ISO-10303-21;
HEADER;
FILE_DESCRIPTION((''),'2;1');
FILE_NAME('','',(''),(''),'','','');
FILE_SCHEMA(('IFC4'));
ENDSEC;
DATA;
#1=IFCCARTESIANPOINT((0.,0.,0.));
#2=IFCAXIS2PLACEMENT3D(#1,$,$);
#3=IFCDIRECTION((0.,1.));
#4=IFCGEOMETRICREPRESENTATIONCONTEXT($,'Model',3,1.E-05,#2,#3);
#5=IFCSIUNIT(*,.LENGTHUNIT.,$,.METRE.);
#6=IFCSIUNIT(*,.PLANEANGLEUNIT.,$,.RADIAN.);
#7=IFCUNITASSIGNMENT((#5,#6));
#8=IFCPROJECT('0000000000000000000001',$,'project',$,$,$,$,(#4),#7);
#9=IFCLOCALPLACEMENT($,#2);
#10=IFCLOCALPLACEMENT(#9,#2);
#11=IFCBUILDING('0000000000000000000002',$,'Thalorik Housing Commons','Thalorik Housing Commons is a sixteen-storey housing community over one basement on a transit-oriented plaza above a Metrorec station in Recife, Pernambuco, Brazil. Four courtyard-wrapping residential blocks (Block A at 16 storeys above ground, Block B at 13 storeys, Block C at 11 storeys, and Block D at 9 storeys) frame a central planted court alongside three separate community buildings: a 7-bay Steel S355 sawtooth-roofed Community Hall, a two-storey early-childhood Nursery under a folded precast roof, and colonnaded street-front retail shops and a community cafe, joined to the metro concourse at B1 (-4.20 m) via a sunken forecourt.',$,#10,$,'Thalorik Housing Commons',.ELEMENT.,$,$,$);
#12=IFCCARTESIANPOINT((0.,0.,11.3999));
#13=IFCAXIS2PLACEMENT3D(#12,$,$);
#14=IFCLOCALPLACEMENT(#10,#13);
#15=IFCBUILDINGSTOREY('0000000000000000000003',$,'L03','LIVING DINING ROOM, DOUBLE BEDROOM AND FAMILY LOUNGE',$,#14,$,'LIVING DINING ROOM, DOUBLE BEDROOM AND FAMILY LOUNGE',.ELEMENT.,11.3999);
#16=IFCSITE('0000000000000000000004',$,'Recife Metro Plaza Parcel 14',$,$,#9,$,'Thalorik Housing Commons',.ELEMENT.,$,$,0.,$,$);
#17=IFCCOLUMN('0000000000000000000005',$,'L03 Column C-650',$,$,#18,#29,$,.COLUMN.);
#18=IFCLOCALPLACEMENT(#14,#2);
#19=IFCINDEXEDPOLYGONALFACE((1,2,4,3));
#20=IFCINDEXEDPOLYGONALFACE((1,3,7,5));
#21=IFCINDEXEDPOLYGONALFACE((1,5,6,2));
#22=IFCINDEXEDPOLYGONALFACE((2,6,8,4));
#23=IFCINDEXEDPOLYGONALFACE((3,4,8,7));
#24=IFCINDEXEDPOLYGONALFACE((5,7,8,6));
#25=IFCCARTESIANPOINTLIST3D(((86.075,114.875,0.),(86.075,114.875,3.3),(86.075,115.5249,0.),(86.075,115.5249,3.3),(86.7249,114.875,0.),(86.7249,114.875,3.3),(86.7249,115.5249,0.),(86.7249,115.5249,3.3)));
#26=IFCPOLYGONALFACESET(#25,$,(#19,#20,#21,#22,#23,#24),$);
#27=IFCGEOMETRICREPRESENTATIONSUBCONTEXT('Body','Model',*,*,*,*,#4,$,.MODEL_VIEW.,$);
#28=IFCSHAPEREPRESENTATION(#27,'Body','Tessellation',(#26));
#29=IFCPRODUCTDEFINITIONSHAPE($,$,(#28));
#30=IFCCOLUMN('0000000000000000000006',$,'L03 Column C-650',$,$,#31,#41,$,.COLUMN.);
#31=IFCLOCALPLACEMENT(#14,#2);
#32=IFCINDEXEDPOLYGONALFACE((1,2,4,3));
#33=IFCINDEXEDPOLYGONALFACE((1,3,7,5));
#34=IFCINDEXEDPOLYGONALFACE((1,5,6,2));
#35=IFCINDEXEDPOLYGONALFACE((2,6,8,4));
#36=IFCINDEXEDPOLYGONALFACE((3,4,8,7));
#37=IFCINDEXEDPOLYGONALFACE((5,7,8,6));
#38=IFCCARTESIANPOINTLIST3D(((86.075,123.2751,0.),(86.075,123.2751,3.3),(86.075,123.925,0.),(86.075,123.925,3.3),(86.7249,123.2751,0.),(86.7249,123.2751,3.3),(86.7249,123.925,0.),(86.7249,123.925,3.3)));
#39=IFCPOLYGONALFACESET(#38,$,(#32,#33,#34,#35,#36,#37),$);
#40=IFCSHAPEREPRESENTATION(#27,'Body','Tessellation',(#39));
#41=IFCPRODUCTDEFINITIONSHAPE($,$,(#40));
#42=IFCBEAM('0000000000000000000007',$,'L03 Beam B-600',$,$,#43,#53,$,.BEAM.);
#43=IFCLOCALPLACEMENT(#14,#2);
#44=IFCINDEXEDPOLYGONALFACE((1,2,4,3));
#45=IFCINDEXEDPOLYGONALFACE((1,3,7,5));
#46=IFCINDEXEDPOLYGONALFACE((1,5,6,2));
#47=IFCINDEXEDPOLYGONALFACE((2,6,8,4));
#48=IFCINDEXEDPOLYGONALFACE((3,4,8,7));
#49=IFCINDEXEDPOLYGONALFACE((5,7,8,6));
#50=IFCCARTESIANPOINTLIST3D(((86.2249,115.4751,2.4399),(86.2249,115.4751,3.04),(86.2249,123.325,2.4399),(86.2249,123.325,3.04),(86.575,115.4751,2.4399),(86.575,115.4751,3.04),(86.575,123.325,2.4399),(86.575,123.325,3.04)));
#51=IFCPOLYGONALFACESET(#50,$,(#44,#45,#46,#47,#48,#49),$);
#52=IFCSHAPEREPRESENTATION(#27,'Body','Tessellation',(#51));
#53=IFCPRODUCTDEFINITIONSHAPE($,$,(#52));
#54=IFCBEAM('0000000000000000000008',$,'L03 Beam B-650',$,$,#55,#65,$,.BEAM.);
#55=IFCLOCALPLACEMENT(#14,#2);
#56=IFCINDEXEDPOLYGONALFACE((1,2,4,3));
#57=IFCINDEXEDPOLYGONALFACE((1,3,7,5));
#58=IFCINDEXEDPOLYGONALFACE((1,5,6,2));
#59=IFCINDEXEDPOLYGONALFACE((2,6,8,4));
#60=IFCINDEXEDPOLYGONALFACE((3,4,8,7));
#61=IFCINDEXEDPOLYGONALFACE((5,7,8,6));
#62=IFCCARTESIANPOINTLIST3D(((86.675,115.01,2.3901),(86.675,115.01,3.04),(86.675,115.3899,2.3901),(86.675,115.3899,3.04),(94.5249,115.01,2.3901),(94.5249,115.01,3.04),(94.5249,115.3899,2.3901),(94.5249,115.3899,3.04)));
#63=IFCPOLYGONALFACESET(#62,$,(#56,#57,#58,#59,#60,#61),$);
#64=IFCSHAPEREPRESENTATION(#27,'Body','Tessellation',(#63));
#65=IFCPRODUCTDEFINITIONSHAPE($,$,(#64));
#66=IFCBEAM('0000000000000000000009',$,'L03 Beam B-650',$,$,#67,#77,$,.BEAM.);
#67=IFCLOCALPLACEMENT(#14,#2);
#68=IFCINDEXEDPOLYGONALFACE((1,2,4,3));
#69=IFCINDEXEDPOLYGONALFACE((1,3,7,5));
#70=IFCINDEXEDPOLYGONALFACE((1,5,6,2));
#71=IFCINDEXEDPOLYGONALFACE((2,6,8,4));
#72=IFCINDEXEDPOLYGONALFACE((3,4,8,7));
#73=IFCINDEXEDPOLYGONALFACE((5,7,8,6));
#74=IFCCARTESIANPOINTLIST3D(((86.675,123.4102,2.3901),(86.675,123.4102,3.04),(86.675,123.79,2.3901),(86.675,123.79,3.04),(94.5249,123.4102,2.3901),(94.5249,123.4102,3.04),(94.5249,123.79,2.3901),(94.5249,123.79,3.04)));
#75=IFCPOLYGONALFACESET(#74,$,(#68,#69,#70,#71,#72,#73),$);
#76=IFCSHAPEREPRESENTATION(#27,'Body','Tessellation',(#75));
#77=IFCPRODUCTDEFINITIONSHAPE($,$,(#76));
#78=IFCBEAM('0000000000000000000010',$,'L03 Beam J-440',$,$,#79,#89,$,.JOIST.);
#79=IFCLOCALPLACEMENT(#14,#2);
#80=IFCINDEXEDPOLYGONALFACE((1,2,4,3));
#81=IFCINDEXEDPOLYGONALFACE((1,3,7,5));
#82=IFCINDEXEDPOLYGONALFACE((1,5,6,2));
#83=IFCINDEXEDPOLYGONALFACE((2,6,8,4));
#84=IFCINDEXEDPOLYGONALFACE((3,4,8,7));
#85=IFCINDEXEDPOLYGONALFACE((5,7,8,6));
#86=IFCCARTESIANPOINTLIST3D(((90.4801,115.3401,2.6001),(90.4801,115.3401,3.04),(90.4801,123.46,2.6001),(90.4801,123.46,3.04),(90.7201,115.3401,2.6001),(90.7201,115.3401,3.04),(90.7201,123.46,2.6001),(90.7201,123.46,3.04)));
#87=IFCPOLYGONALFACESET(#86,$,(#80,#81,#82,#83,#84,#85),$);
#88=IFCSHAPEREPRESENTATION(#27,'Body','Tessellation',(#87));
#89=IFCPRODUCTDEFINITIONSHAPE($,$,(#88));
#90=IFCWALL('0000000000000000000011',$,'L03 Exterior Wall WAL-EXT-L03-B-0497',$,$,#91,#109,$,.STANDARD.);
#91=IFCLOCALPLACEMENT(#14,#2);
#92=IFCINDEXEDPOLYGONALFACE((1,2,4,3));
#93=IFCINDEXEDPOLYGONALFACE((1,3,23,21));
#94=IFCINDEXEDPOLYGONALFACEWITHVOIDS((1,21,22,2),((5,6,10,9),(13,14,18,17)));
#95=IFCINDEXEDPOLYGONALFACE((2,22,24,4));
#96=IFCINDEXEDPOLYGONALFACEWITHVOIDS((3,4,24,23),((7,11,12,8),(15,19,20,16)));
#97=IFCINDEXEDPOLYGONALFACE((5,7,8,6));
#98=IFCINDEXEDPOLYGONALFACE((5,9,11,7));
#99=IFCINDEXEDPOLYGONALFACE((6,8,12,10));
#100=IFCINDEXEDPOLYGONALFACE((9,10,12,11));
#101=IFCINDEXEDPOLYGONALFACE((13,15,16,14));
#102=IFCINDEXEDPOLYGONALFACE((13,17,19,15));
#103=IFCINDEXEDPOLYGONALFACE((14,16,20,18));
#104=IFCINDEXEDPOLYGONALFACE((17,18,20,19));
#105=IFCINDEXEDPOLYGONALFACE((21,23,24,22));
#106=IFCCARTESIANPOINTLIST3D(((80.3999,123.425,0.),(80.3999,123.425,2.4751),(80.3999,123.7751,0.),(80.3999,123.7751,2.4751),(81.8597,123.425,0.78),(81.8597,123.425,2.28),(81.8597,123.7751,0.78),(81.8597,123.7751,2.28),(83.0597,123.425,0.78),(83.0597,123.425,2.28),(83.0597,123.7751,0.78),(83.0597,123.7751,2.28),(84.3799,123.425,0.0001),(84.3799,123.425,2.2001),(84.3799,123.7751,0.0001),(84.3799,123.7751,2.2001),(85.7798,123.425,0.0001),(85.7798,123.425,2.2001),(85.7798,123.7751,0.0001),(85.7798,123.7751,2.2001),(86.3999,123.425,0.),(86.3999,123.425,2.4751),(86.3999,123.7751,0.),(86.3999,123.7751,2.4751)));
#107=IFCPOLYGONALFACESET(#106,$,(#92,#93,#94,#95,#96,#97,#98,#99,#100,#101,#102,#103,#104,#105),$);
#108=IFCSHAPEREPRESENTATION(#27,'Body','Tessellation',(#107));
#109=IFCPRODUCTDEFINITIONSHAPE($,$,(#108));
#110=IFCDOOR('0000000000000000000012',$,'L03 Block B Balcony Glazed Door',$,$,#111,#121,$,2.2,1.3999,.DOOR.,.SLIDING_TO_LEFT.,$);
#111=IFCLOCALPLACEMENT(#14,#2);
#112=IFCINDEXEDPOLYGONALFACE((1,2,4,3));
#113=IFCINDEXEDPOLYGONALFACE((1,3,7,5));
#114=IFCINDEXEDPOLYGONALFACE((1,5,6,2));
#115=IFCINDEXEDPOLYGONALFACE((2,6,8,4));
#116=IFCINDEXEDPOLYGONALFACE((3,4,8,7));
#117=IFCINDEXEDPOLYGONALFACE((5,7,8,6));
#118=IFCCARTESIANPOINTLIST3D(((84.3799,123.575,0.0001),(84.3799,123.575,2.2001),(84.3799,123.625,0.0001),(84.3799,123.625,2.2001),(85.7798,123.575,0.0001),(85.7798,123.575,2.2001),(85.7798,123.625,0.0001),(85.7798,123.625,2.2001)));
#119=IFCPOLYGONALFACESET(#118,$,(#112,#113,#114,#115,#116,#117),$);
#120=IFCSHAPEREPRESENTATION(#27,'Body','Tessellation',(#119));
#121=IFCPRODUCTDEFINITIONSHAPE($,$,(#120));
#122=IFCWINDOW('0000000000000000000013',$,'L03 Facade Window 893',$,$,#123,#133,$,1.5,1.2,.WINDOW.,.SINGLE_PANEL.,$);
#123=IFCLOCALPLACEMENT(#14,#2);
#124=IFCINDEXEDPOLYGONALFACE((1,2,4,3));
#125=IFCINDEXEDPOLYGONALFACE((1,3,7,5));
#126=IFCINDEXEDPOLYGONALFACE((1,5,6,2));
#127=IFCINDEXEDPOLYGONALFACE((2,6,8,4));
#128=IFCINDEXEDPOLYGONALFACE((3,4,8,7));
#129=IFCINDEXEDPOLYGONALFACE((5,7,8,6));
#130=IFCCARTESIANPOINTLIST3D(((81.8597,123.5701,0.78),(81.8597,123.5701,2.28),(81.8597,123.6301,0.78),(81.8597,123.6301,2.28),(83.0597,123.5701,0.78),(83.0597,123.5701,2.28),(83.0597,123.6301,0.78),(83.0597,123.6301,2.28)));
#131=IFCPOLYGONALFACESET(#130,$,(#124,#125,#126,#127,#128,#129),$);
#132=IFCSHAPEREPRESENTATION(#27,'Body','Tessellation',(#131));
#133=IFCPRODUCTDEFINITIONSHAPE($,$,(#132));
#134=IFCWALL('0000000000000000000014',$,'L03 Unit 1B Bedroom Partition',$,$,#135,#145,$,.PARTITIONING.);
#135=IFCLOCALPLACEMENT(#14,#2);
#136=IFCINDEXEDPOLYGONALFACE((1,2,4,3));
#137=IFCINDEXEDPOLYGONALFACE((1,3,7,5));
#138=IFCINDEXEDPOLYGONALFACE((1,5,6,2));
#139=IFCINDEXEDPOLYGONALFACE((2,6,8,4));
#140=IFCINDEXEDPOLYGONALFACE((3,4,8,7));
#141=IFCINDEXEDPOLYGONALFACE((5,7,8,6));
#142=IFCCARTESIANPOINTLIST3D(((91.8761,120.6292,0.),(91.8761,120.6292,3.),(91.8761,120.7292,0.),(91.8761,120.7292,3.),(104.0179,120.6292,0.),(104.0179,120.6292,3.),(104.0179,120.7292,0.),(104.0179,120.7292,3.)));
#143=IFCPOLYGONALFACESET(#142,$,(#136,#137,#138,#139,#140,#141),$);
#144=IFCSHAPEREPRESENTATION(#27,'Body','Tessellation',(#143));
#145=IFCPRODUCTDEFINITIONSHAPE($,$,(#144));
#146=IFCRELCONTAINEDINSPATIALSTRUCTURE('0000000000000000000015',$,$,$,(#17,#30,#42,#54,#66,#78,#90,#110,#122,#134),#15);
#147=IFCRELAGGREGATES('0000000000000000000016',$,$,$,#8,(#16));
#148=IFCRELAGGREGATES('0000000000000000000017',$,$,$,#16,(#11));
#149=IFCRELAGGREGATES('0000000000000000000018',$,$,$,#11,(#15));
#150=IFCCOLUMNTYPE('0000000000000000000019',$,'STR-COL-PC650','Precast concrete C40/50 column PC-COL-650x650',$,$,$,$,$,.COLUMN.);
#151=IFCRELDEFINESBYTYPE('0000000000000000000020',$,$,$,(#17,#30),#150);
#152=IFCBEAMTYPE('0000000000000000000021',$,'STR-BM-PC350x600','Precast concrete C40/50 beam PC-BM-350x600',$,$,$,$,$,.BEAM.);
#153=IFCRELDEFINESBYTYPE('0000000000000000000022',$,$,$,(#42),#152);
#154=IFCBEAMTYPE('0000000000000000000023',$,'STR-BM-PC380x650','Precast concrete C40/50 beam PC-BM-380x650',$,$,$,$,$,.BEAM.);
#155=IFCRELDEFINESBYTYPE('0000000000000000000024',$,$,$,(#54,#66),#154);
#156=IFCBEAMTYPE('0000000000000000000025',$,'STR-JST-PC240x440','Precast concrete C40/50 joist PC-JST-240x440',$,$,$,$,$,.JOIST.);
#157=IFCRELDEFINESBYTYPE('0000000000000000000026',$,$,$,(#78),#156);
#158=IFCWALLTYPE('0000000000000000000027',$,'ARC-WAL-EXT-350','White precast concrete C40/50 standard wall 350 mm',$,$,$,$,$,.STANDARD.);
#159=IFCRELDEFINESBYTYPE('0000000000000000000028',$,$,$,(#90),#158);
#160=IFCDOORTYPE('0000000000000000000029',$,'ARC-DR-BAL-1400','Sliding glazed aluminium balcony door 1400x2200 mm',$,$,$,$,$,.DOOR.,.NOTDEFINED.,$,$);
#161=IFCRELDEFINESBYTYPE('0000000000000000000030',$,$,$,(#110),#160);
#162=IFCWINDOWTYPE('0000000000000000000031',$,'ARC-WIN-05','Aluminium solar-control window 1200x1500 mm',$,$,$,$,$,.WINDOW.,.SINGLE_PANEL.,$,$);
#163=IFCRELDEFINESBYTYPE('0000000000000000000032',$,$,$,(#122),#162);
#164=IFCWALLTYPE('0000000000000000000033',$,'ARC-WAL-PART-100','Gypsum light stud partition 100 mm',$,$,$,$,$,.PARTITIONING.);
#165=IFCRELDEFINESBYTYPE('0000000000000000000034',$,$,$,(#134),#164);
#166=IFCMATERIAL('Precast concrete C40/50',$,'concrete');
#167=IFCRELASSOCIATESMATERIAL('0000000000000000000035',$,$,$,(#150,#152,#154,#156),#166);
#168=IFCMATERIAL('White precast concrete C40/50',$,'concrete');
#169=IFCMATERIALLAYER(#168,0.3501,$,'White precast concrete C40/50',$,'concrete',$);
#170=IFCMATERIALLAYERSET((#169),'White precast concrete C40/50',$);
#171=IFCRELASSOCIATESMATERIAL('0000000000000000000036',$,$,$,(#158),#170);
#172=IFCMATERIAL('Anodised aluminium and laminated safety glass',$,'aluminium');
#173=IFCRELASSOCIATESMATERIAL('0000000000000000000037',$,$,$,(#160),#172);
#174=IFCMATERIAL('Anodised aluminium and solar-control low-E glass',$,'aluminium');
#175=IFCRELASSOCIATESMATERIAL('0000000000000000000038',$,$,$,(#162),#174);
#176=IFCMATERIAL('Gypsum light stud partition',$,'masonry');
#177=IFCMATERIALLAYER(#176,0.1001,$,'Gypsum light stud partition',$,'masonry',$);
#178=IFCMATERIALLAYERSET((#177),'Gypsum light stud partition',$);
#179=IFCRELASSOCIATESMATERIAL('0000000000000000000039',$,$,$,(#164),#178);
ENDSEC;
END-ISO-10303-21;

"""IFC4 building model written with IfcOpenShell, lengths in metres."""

from ifc_helpers import new_model, si_unit, direction, frame, frame_2d, origin, origin_2d, place, context, subcontext, project, spatial, rectangle, extrude, material, layer, layer_set, material_profile, profile_set, type_object, element, fill, save


model = new_model("IFC4")

# Units and contexts
model_context = context("Model", 3, precision=1e-05, world=origin(), true_north=direction((0.0, 1.0)))
body_context = subcontext(model_context, "Body", "Model", "MODEL_VIEW")
ifc_project = project(units=[si_unit("LENGTHUNIT", "METRE"), si_unit("PLANEANGLEUNIT", "RADIAN")], contexts=[model_context])

# Site, building, storey
site_placement = place(None, origin())
site = spatial("IfcSite", under=ifc_project, at=site_placement, Name="Recife Metro Plaza Parcel 14", LongName="Thalorik Housing Commons", CompositionType="ELEMENT", RefElevation=0.0)
building_placement = place(site_placement, origin())
building = spatial("IfcBuilding", under=site, at=building_placement, Name="Thalorik Housing Commons", Description="Thalorik Housing Commons is a sixteen-storey housing community over one basement on a transit-oriented plaza above a Metrorec station in Recife, Pernambuco, Brazil. Four courtyard-wrapping residential blocks (Block A at 16 storeys above ground, Block B at 13 storeys, Block C at 11 storeys, and Block D at 9 storeys) frame a central planted court alongside three separate community buildings: a 7-bay Steel S355 sawtooth-roofed Community Hall, a two-storey early-childhood Nursery under a folded precast roof, and colonnaded street-front retail shops and a community cafe, joined to the metro concourse at B1 (-4.20 m) via a sunken forecourt.", LongName="Thalorik Housing Commons", CompositionType="ELEMENT")
storey_placement = place(building_placement, frame((0.0, 0.0, 11.3999)))
storey = spatial("IfcBuildingStorey", under=building, at=storey_placement, Name="L03", Description="LIVING DINING ROOM, DOUBLE BEDROOM AND FAMILY LOUNGE", LongName="LIVING DINING ROOM, DOUBLE BEDROOM AND FAMILY LOUNGE", CompositionType="ELEMENT", Elevation=11.3999)

# Columns
ifc_material_1 = material(Name="Precast concrete C40/50", Category="concrete")
ifc_material_profile_1 = material_profile(ifc_material_1, rectangle(XDim=0.6499, YDim=0.6499, at=origin_2d()), Name="PC 650x650", Category="concrete")
ifc_profile_set_1 = profile_set([ifc_material_profile_1], Name="Precast concrete C40/50")
column_type = type_object("IfcColumnType", Name="STR-COL-PC650", Description="Precast concrete C40/50 column PC-COL-650x650", PredefinedType="COLUMN", material=ifc_profile_set_1)
for number, where, z_axis, x_axis, name in (
    (1, (86.3999, 115.2, 0.0), (0.0, 0.0, 1.0), (1.0, 0.0, 0.0), "L03 Column C-650"),
    (2, (86.3999, 123.6001, 0.0), (0.0, 0.0, 1.0), (1.0, 0.0, 0.0), "L03 Column C-650"),
):
    element("IfcColumn", number, at=place(storey_placement, frame(where, z_axis=z_axis, x_axis=x_axis)), inside=storey, type_object=column_type, Name=name, PredefinedType="COLUMN", context=body_context, shape_type="SweptSolid", body=[
        extrude(rectangle(XDim=0.6499, YDim=0.6499, at=origin_2d()), origin(), (0.0, 0.0, 1.0), 3.3),
    ])

# Beams
ifc_material_profile_2 = material_profile(ifc_material_1, rectangle(XDim=0.3501, YDim=0.6001, at=origin_2d()), Name="PC 350x600", Category="concrete")
ifc_profile_set_2 = profile_set([ifc_material_profile_2], Name="Precast concrete C40/50")
beam_type_1 = type_object("IfcBeamType", Name="STR-BM-PC350x600", Description="Precast concrete C40/50 beam PC-BM-350x600", PredefinedType="BEAM", material=ifc_profile_set_2)
beam_1_placement = place(storey_placement, frame((86.3999, 115.4751, 2.74), z_axis=(0.0, 1.0, 0.0), x_axis=(-1.0, 0.0, 0.0)))
element("IfcBeam", 3, at=beam_1_placement, inside=storey, type_object=beam_type_1, Name="L03 Beam B-600", PredefinedType="BEAM", context=body_context, shape_type="SweptSolid", body=[
    extrude(rectangle(XDim=0.3501, YDim=0.6001, at=origin_2d()), origin(), (0.0, 0.0, 1.0), 7.8499),
])
ifc_material_profile_3 = material_profile(ifc_material_1, rectangle(XDim=0.3799, YDim=0.6499, at=origin_2d()), Name="PC 380x650", Category="concrete")
ifc_profile_set_3 = profile_set([ifc_material_profile_3], Name="Precast concrete C40/50")
beam_type_2 = type_object("IfcBeamType", Name="STR-BM-PC380x650", Description="Precast concrete C40/50 beam PC-BM-380x650", PredefinedType="BEAM", material=ifc_profile_set_3)
for number, where, z_axis, x_axis, name in (
    (4, (86.675, 115.2, 2.7151), (1.0, 0.0, 0.0), (0.0, 1.0, 0.0), "L03 Beam B-650"),
    (5, (86.675, 123.6001, 2.7151), (1.0, 0.0, 0.0), (0.0, 1.0, 0.0), "L03 Beam B-650"),
):
    element("IfcBeam", number, at=place(storey_placement, frame(where, z_axis=z_axis, x_axis=x_axis)), inside=storey, type_object=beam_type_2, Name=name, PredefinedType="BEAM", context=body_context, shape_type="SweptSolid", body=[
        extrude(rectangle(XDim=0.3799, YDim=0.6499, at=origin_2d()), origin(), (0.0, 0.0, 1.0), 7.8499),
    ])
ifc_material_profile_4 = material_profile(ifc_material_1, rectangle(XDim=0.24, YDim=0.4399, at=origin_2d()), Name="PC JST 240x440", Category="concrete")
ifc_profile_set_4 = profile_set([ifc_material_profile_4], Name="Precast concrete C40/50")
beam_type_3 = type_object("IfcBeamType", Name="STR-JST-PC240x440", Description="Precast concrete C40/50 joist PC-JST-240x440", PredefinedType="JOIST", material=ifc_profile_set_4)
beam_2_placement = place(storey_placement, frame((90.6001, 115.3401, 2.8201), z_axis=(0.0, 1.0, 0.0), x_axis=(-1.0, 0.0, 0.0)))
element("IfcBeam", 6, at=beam_2_placement, inside=storey, type_object=beam_type_3, Name="L03 Beam J-440", PredefinedType="JOIST", context=body_context, shape_type="SweptSolid", body=[
    extrude(rectangle(XDim=0.24, YDim=0.4399, at=origin_2d()), origin(), (0.0, 0.0, 1.0), 8.1199),
])

# Wall, openings, door, window
ifc_material_2 = material(Name="White precast concrete C40/50", Category="concrete")
ifc_layer_1 = layer(ifc_material_2, 0.3501, Name="White precast concrete C40/50", Category="concrete")
ifc_layer_set_1 = layer_set([ifc_layer_1], Name="White precast concrete C40/50")
wall_type_1 = type_object("IfcWallType", Name="ARC-WAL-EXT-350", Description="White precast concrete C40/50 standard wall 350 mm", PredefinedType="STANDARD", material=ifc_layer_set_1)
wall_1_placement = place(storey_placement, frame((86.3999, 123.6001, 0.0), z_axis=(0.0, 0.0, 1.0), x_axis=(-1.0, 0.0, 0.0)))
wall_1 = element("IfcWall", 7, at=wall_1_placement, inside=storey, type_object=wall_type_1, Name="L03 Exterior Wall WAL-EXT-L03-B-0497", PredefinedType="STANDARD", context=body_context, shape_type="SweptSolid", body=[
    extrude(rectangle(XDim=6.0, YDim=0.3501, at=frame_2d((3.0, 0.0))), origin(), (0.0, 0.0, 1.0), 2.4751),
])
opening_1_placement = place(wall_1_placement, frame((0.6201, 0.0, 0.0)))
opening_1 = element("IfcOpeningElement", 8, at=opening_1_placement, cuts=wall_1, PredefinedType="OPENING", context=body_context, shape_type="SweptSolid", body=[
    extrude(rectangle(XDim=1.3999, YDim=2.2, at=frame_2d((0.7, 1.1001))), frame((0.0, 0.1851, 0.0), z_axis=(0.0, -1.0, 0.0), x_axis=(1.0, 0.0, 0.0)), (0.0, 0.0, 1.0), 0.3701),
])
opening_2_placement = place(wall_1_placement, frame((3.3401, 0.0, 0.78)))
opening_2 = element("IfcOpeningElement", 9, at=opening_2_placement, cuts=wall_1, PredefinedType="OPENING", context=body_context, shape_type="SweptSolid", body=[
    extrude(rectangle(XDim=1.2, YDim=1.5, at=frame_2d((0.6001, 0.75))), frame((0.0, 0.1851, 0.0), z_axis=(0.0, -1.0, 0.0), x_axis=(1.0, 0.0, 0.0)), (0.0, 0.0, 1.0), 0.3701),
])
ifc_material_3 = material(Name="Anodised aluminium and laminated safety glass", Category="aluminium")
door_type_1 = type_object("IfcDoorType", Name="ARC-DR-BAL-1400", Description="Sliding glazed aluminium balcony door 1400x2200 mm", OperationType="NOTDEFINED", PredefinedType="DOOR", material=ifc_material_3)
door_1_placement = place(opening_1_placement, frame((1.3999, 0.0, 0.0), z_axis=(0.0, 0.0, 1.0), x_axis=(-1.0, 0.0, 0.0)))
door_1 = element("IfcDoor", 10, at=door_1_placement, inside=storey, type_object=door_type_1, Name="L03 Block B Balcony Glazed Door", OperationType="SLIDING_TO_LEFT", OverallHeight=2.2, OverallWidth=1.3999, PredefinedType="DOOR", context=body_context, shape_type="SweptSolid", body=[
    extrude(rectangle(XDim=1.3999, YDim=2.2, at=frame_2d((0.7, 1.1001))), frame((0.0, 0.0249, 0.0), z_axis=(0.0, -1.0, 0.0), x_axis=(1.0, 0.0, 0.0)), (0.0, 0.0, 1.0), 0.05),
])
fill(opening_1, door_1)
ifc_material_4 = material(Name="Anodised aluminium and solar-control low-E glass", Category="aluminium")
window_type = type_object("IfcWindowType", Name="ARC-WIN-05", Description="Aluminium solar-control window 1200x1500 mm", PartitioningType="SINGLE_PANEL", PredefinedType="WINDOW", material=ifc_material_4)
window_placement = place(opening_2_placement, origin())
window = element("IfcWindow", 11, at=window_placement, inside=storey, type_object=window_type, Name="L03 Facade Window 893", OverallHeight=1.5, OverallWidth=1.2, PartitioningType="SINGLE_PANEL", PredefinedType="WINDOW", context=body_context, shape_type="SweptSolid", body=[
    extrude(rectangle(XDim=1.2, YDim=1.5, at=frame_2d((0.6001, 0.75))), frame((0.0, 0.03, 0.0), z_axis=(0.0, -1.0, 0.0), x_axis=(1.0, 0.0, 0.0)), (0.0, 0.0, 1.0), 0.0601),
])
fill(opening_2, window)

# Wall
ifc_material_5 = material(Name="Gypsum light stud partition", Category="masonry")
ifc_layer_2 = layer(ifc_material_5, 0.1001, Name="Gypsum light stud partition", Category="masonry")
ifc_layer_set_2 = layer_set([ifc_layer_2], Name="Gypsum light stud partition")
wall_type_2 = type_object("IfcWallType", Name="ARC-WAL-PART-100", Description="Gypsum light stud partition 100 mm", PredefinedType="PARTITIONING", material=ifc_layer_set_2)
wall_2_placement = place(storey_placement, frame((91.8762, 120.6792, 0.0), z_axis=(0.0, 0.0, 1.0), x_axis=(1.0, 0.0, 0.0)))
element("IfcWall", 12, at=wall_2_placement, inside=storey, type_object=wall_type_2, Name="L03 Unit 1B Bedroom Partition", PredefinedType="PARTITIONING", context=body_context, shape_type="SweptSolid", body=[
    extrude(rectangle(XDim=12.1418, YDim=0.1001, at=frame_2d((6.0708, 0.0))), origin(), (0.0, 0.0, 1.0), 3.0),
])

save(model, "model.ifc")
